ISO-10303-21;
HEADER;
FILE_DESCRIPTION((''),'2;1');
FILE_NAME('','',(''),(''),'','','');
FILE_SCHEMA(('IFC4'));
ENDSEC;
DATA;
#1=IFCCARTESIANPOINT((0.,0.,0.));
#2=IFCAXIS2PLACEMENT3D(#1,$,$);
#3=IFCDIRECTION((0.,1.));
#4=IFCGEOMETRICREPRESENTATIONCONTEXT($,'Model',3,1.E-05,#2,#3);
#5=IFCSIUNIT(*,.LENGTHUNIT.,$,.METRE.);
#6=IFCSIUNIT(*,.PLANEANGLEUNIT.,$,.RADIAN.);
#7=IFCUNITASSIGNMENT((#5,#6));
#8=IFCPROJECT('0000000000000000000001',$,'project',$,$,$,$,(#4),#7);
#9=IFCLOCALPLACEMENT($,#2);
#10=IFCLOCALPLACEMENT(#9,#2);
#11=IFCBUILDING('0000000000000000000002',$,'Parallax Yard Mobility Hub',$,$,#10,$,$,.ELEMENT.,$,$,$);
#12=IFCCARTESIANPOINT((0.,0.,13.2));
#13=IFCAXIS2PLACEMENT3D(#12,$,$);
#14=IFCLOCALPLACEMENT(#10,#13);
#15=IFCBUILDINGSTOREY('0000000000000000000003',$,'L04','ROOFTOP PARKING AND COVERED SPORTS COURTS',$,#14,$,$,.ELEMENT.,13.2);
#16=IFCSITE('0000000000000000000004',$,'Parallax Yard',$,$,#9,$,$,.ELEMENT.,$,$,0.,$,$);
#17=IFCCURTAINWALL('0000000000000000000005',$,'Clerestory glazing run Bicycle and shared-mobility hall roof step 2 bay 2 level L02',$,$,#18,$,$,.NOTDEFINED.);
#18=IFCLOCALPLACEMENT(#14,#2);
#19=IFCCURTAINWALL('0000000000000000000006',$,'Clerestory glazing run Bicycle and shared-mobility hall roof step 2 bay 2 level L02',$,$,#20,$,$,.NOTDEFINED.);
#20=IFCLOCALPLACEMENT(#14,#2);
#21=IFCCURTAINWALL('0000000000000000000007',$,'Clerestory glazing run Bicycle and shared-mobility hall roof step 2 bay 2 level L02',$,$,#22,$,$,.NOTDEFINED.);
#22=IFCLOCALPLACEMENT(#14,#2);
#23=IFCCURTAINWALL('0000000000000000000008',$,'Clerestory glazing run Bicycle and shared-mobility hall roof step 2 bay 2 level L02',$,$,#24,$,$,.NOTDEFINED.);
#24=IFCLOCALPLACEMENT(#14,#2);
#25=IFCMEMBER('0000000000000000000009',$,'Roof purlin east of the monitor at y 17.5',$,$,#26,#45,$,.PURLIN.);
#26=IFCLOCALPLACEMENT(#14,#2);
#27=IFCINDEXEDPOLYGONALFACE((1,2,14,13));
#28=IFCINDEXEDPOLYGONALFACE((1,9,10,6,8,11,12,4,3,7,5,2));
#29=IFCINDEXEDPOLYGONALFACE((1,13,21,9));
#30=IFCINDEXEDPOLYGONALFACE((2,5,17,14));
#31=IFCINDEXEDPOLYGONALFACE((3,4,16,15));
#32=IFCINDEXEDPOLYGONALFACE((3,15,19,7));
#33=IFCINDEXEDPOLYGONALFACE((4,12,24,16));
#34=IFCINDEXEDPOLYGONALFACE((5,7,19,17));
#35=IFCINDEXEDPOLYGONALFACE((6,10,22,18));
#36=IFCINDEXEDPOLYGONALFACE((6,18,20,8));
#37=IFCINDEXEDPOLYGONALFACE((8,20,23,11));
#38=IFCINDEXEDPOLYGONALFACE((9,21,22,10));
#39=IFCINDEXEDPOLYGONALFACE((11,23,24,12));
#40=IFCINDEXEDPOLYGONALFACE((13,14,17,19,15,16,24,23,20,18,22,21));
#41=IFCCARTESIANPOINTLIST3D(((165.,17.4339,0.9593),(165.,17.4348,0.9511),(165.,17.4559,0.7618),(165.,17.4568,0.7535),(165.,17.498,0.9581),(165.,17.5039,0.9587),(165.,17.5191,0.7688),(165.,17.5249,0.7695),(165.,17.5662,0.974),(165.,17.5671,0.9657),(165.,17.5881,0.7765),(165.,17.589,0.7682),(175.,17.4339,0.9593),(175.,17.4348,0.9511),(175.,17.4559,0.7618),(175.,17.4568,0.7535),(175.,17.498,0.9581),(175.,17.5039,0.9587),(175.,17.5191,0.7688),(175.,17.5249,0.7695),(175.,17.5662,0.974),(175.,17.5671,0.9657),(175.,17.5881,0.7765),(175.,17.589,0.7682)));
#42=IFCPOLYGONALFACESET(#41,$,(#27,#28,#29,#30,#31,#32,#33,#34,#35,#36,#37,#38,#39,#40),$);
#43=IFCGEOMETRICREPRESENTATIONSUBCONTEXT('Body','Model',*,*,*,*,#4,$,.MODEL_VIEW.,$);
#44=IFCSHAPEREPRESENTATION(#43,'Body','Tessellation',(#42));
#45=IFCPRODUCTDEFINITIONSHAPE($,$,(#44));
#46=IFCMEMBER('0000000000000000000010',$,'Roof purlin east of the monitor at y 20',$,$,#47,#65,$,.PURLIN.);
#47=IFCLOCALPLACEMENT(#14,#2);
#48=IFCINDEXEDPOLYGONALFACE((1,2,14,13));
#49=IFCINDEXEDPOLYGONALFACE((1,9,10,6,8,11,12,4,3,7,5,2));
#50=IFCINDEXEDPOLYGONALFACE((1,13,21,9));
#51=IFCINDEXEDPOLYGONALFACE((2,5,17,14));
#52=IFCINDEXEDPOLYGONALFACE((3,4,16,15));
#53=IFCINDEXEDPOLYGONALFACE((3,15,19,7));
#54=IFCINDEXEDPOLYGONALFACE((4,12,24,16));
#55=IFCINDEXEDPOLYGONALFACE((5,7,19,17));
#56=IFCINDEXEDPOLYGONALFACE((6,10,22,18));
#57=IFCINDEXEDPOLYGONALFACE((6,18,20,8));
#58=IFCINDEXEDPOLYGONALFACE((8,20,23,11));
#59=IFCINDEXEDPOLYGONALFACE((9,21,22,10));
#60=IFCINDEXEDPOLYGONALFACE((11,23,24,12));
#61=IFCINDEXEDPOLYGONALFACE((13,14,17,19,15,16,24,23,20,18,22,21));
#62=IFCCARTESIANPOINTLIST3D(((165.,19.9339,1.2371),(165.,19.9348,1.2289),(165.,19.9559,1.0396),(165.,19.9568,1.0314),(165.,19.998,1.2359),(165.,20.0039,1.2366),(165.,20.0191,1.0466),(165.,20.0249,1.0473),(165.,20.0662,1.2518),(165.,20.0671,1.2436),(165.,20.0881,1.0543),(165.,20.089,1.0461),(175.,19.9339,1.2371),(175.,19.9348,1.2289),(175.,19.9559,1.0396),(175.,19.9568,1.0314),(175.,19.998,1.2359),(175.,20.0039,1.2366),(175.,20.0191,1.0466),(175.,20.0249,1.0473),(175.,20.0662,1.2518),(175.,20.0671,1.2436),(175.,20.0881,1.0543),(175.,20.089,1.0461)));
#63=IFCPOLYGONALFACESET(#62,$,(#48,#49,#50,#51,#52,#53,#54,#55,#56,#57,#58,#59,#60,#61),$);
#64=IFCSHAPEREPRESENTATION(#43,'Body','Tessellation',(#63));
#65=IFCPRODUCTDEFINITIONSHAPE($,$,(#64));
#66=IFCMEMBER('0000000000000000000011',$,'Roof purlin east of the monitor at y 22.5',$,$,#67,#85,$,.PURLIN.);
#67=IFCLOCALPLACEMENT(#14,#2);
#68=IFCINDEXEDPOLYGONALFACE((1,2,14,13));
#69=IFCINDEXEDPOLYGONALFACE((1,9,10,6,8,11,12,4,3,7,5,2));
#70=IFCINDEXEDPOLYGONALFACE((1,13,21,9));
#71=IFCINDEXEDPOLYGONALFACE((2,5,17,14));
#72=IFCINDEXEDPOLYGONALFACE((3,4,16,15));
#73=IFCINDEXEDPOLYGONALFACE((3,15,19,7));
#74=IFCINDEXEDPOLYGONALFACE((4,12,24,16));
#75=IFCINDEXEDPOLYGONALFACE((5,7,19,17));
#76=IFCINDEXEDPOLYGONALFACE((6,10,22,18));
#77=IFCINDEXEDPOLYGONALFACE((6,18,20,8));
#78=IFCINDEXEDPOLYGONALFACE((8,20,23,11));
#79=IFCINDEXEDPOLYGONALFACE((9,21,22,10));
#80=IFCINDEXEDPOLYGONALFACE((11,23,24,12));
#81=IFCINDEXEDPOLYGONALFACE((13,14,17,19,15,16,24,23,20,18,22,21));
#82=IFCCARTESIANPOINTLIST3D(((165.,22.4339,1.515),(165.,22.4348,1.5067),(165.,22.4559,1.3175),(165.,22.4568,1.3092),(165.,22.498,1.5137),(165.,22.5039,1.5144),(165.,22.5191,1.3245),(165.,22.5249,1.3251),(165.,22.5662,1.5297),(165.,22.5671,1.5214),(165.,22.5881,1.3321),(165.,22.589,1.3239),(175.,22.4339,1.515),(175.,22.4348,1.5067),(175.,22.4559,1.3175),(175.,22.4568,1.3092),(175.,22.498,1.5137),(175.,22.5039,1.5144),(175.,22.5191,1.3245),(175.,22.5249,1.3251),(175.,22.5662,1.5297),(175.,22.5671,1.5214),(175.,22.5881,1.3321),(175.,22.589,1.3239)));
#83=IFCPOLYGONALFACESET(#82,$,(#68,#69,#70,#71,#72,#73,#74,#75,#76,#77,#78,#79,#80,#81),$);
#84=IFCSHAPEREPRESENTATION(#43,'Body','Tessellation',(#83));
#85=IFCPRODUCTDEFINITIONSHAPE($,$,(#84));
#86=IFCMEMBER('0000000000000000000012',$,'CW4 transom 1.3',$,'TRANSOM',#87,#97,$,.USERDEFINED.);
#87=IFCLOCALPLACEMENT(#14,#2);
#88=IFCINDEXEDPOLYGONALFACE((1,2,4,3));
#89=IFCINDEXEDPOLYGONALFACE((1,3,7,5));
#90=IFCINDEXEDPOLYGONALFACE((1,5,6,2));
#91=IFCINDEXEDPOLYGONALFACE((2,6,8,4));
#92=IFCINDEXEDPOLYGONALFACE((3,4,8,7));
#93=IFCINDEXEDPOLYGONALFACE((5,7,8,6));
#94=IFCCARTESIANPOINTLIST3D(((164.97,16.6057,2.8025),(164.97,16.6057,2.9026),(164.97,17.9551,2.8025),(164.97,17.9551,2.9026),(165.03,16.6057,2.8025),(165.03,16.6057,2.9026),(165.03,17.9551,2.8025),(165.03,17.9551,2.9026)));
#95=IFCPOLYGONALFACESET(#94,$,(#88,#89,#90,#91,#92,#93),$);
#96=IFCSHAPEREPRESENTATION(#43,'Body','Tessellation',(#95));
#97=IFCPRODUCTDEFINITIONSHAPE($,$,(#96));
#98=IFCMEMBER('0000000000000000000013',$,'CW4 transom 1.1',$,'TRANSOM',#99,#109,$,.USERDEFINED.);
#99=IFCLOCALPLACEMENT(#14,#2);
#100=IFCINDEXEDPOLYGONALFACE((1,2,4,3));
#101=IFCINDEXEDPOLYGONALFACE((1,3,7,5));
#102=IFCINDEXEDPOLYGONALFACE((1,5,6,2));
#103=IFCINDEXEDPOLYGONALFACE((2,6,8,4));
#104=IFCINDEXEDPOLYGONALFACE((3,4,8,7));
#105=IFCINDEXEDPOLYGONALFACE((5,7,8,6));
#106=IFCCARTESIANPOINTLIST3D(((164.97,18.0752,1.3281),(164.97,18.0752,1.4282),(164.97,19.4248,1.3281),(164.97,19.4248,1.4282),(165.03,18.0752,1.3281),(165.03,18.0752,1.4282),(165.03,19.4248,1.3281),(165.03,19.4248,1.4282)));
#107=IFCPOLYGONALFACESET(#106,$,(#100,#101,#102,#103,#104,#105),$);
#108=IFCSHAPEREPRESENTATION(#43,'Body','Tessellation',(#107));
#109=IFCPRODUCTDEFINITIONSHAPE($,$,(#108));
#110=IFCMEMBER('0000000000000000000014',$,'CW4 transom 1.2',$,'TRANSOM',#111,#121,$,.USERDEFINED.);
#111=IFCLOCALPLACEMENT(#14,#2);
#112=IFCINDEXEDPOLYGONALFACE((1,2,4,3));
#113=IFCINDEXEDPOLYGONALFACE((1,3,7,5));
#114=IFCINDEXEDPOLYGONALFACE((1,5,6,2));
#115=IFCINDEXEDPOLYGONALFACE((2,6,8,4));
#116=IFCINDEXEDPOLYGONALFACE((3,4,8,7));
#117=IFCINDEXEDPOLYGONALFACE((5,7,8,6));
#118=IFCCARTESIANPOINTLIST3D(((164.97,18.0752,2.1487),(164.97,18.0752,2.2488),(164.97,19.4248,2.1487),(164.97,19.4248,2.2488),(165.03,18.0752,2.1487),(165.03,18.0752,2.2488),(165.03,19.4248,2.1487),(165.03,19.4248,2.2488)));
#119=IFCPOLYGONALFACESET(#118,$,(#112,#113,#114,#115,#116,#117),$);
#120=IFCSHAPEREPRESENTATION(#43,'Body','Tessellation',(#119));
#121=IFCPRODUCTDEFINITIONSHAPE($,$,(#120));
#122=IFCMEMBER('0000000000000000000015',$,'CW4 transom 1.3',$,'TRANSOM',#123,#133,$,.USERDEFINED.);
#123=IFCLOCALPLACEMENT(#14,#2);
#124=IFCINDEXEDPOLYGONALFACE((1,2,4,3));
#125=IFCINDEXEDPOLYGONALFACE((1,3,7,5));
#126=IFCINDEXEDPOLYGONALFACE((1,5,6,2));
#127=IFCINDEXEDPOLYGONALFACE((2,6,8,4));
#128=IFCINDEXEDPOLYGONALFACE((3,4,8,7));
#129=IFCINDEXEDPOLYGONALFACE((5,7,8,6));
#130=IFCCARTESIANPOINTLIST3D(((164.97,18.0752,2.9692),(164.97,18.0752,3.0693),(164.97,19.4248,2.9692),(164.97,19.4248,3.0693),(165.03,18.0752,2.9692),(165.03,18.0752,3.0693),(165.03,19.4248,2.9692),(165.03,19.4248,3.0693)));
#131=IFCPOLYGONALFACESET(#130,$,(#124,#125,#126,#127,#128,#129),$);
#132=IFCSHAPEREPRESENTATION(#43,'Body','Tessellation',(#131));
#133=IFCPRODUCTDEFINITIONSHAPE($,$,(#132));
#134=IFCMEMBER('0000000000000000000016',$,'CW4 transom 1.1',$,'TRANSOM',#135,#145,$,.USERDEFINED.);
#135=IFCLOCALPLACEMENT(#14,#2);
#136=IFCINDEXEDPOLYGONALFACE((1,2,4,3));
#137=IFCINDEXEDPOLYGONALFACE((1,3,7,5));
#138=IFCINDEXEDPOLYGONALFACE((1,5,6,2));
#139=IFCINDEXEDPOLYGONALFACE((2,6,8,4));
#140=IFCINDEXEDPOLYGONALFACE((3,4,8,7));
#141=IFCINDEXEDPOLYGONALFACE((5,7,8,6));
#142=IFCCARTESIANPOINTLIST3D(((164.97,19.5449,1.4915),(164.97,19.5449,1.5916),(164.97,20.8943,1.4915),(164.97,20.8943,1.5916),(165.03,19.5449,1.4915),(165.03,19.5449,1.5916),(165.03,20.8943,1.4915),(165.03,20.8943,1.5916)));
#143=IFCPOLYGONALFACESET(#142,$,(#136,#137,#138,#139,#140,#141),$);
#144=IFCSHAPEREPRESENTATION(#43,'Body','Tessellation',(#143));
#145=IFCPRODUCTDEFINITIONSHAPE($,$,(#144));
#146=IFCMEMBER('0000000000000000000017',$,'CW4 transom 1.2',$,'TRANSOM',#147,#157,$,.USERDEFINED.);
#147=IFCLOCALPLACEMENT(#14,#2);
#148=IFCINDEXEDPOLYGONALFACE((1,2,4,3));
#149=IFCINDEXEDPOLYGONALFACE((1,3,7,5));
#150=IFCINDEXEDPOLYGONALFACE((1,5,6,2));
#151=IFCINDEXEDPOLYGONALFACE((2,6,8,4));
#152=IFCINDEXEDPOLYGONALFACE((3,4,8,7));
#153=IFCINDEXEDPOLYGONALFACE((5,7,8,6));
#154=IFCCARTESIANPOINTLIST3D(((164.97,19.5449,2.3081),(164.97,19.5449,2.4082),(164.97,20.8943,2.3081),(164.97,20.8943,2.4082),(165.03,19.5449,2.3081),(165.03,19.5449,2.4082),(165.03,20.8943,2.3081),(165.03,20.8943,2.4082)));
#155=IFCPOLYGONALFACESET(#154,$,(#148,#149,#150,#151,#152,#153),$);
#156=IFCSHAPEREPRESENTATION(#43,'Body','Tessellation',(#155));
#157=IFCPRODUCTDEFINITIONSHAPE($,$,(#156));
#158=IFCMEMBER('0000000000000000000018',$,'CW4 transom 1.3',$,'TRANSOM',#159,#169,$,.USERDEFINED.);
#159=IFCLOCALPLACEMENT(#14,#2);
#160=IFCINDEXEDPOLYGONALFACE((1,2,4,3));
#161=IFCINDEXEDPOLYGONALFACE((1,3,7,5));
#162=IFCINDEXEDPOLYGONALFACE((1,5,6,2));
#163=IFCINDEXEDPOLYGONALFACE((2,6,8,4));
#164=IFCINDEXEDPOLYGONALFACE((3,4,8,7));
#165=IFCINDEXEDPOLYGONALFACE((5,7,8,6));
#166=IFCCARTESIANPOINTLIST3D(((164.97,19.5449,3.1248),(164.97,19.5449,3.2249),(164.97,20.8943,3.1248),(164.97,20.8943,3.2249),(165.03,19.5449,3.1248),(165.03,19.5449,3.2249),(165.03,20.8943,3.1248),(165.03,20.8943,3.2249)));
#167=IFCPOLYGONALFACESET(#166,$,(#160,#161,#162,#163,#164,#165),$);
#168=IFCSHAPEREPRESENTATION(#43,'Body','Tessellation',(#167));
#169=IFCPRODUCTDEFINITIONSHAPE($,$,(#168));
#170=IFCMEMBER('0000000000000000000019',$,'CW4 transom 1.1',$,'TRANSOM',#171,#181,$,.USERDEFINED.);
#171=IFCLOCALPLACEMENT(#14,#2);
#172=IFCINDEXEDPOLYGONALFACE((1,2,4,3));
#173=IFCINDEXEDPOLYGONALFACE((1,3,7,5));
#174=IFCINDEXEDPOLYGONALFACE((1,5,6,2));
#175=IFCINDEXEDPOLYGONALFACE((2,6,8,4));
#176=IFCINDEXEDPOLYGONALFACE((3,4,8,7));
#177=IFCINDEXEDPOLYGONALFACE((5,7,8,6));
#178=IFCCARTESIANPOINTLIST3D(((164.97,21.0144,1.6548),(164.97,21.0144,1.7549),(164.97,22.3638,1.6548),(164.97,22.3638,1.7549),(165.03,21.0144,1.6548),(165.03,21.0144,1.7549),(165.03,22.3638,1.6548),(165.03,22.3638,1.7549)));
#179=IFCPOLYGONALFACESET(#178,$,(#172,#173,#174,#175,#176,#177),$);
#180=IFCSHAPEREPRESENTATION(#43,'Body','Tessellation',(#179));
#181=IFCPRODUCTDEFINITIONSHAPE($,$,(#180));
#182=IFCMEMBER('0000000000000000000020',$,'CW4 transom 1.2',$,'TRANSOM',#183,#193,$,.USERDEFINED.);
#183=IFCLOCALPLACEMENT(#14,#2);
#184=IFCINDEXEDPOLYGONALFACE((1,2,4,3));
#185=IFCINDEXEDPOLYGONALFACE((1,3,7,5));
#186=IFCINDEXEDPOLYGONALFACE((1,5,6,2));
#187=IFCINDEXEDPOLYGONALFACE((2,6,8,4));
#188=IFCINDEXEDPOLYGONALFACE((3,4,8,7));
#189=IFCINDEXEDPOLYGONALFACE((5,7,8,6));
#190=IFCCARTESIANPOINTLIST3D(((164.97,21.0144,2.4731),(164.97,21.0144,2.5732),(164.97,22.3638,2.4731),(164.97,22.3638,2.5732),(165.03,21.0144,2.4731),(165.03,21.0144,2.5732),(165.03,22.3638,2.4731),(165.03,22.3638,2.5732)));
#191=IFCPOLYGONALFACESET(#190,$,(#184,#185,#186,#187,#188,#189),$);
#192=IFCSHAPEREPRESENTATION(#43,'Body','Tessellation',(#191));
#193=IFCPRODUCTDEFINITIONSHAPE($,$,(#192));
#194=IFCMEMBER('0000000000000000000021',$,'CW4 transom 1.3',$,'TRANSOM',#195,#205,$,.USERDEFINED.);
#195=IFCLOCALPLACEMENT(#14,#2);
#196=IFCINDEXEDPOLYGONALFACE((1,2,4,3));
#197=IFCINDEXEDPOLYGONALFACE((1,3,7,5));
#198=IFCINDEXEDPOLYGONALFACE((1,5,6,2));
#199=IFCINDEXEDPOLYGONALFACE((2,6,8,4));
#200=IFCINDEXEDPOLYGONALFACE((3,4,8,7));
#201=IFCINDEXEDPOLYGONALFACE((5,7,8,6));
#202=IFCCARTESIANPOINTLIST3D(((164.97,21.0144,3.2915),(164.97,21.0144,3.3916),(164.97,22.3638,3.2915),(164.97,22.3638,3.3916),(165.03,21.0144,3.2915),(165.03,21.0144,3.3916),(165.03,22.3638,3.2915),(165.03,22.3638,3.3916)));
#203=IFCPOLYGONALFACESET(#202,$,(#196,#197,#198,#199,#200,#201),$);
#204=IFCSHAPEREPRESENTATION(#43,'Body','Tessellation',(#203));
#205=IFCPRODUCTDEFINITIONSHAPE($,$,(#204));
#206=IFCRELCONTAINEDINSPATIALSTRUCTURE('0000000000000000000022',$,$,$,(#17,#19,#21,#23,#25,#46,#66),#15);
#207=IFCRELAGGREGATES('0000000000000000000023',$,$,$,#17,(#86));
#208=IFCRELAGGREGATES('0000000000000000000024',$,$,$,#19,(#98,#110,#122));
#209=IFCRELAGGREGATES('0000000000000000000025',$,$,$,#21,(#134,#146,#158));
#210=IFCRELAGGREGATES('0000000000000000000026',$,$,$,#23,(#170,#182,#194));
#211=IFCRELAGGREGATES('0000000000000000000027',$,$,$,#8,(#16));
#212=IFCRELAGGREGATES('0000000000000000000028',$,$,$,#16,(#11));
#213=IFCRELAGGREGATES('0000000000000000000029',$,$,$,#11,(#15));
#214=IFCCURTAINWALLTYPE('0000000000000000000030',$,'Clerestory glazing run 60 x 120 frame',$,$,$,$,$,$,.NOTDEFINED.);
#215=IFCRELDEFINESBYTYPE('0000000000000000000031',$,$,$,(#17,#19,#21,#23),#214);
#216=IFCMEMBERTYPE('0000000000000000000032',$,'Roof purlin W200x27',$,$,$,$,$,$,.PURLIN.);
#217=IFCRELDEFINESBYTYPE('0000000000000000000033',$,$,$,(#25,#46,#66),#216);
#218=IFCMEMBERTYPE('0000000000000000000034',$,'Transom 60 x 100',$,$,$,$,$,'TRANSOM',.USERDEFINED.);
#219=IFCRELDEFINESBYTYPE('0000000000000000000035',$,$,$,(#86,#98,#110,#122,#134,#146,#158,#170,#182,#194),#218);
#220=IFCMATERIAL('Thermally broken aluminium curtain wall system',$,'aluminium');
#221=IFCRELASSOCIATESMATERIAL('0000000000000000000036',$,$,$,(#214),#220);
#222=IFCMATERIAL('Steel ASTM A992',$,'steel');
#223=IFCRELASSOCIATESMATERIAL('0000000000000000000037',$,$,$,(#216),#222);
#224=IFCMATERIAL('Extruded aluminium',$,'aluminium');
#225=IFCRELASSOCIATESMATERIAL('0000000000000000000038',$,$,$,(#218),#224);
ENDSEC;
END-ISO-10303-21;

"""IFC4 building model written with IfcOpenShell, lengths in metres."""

from ifc_helpers import new_model, si_unit, direction, frame, origin, origin_2d, place, context, subcontext, project, spatial, rectangle, i_section, extrude, material, material_profile, profile_set, type_object, element, aggregate, save


model = new_model("IFC4")

# Units and contexts
model_context = context("Model", 3, precision=1e-05, world=origin(), true_north=direction((0.0, 1.0)))
body_context = subcontext(model_context, "Body", "Model", "MODEL_VIEW")
ifc_project = project(units=[si_unit("LENGTHUNIT", "METRE"), si_unit("PLANEANGLEUNIT", "RADIAN")], contexts=[model_context])

# Site, building, storey
site_placement = place(None, origin())
site = spatial("IfcSite", under=ifc_project, at=site_placement, Name="Parallax Yard", CompositionType="ELEMENT", RefElevation=0.0)
building_placement = place(site_placement, origin())
building = spatial("IfcBuilding", under=site, at=building_placement, Name="Parallax Yard Mobility Hub", CompositionType="ELEMENT")
storey_placement = place(building_placement, frame((0.0, 0.0, 13.2)))
storey = spatial("IfcBuildingStorey", under=building, at=storey_placement, Name="L04", Description="ROOFTOP PARKING AND COVERED SPORTS COURTS", CompositionType="ELEMENT", Elevation=13.2)

# Shared definitions
ifc_material_1 = material(Name="Steel ASTM A992", Category="steel")

# Curtain wall
ifc_material_2 = material(Name="Thermally broken aluminium curtain wall system", Category="aluminium")
curtain_wall_type = type_object("IfcCurtainWallType", Name="Clerestory glazing run 60 x 120 frame", PredefinedType="NOTDEFINED", material=ifc_material_2)
curtain_wall_1_placement = place(storey_placement, origin())
curtain_wall_1 = element("IfcCurtainWall", 1, at=curtain_wall_1_placement, inside=storey, type_object=curtain_wall_type, Name="Clerestory glazing run Bicycle and shared-mobility hall roof step 2 bay 2 level L02", PredefinedType="NOTDEFINED")
ifc_material_3 = material(Name="Extruded aluminium", Category="aluminium")

# Curtain walls
curtain_wall_2_placement = place(storey_placement, origin())
curtain_wall_2 = element("IfcCurtainWall", 2, at=curtain_wall_2_placement, inside=storey, type_object=curtain_wall_type, Name="Clerestory glazing run Bicycle and shared-mobility hall roof step 2 bay 2 level L02", PredefinedType="NOTDEFINED")
curtain_wall_3_placement = place(storey_placement, origin())
curtain_wall_3 = element("IfcCurtainWall", 3, at=curtain_wall_3_placement, inside=storey, type_object=curtain_wall_type, Name="Clerestory glazing run Bicycle and shared-mobility hall roof step 2 bay 2 level L02", PredefinedType="NOTDEFINED")

# Curtain wall
curtain_wall_4_placement = place(storey_placement, origin())
curtain_wall_4 = element("IfcCurtainWall", 4, at=curtain_wall_4_placement, inside=storey, type_object=curtain_wall_type, Name="Clerestory glazing run Bicycle and shared-mobility hall roof step 2 bay 2 level L02", PredefinedType="NOTDEFINED")

# Members
ifc_material_profile_1 = material_profile(ifc_material_1, i_section(OverallWidth=0.1331, OverallDepth=0.207, WebThickness=0.0059, FlangeThickness=0.0083, at=origin_2d()), Name="W200x27")
ifc_profile_set_1 = profile_set([ifc_material_profile_1], Name="Steel ASTM A992")
member_type_1 = type_object("IfcMemberType", Name="Roof purlin W200x27", PredefinedType="PURLIN", material=ifc_profile_set_1)
for number, where, z_axis, x_axis, name in (
    (5, (165.0, 17.5115, 0.8638), (1.0, 0.0, 0.0), (0.0, 0.993884, 0.110432), "Roof purlin east of the monitor at y 17.5"),
    (6, (165.0, 20.0115, 1.1416), (1.0, 0.0, 0.0), (0.0, 0.993884, 0.110432), "Roof purlin east of the monitor at y 20"),
    (7, (165.0, 22.5115, 1.4194), (1.0, 0.0, 0.0), (0.0, 0.993884, 0.110432), "Roof purlin east of the monitor at y 22.5"),
):
    element("IfcMember", number, at=place(storey_placement, frame(where, z_axis=z_axis, x_axis=x_axis)), inside=storey, type_object=member_type_1, Name=name, PredefinedType="PURLIN", context=body_context, shape_type="SweptSolid", body=[
        extrude(i_section(OverallWidth=0.1331, OverallDepth=0.207, WebThickness=0.0059, FlangeThickness=0.0083, at=origin_2d()), origin(), (0.0, 0.0, 1.0), 10.0),
    ])

# Members
ifc_material_profile_2 = material_profile(ifc_material_3, rectangle(XDim=0.0601, YDim=0.1001, at=origin_2d()), Name="Transom 60 x 100")
ifc_profile_set_2 = profile_set([ifc_material_profile_2], Name="Extruded aluminium")
member_type_2 = type_object("IfcMemberType", Name="Transom 60 x 100", ElementType="TRANSOM", PredefinedType="USERDEFINED", material=ifc_profile_set_2)
member_1_placement = place(storey_placement, frame((165.0, 16.6057, 2.8525), z_axis=(0.0, 1.0, 0.0), x_axis=(-1.0, 0.0, 0.0)))
member_1 = element("IfcMember", 8, at=member_1_placement, type_object=member_type_2, Name="CW4 transom 1.3", ObjectType="TRANSOM", PredefinedType="USERDEFINED", context=body_context, shape_type="SweptSolid", body=[
    extrude(rectangle(XDim=0.0601, YDim=0.1001, at=origin_2d()), origin(), (0.0, 0.0, 1.0), 1.3494),
])
member_2_placement = place(storey_placement, frame((165.0, 18.0752, 1.3782), z_axis=(0.0, 1.0, 0.0), x_axis=(-1.0, 0.0, 0.0)))
member_2 = element("IfcMember", 9, at=member_2_placement, type_object=member_type_2, Name="CW4 transom 1.1", ObjectType="TRANSOM", PredefinedType="USERDEFINED", context=body_context, shape_type="SweptSolid", body=[
    extrude(rectangle(XDim=0.0601, YDim=0.1001, at=origin_2d()), origin(), (0.0, 0.0, 1.0), 1.3496),
])
member_3_placement = place(storey_placement, frame((165.0, 18.0752, 2.1987), z_axis=(0.0, 1.0, 0.0), x_axis=(-1.0, 0.0, 0.0)))
member_3 = element("IfcMember", 10, at=member_3_placement, type_object=member_type_2, Name="CW4 transom 1.2", ObjectType="TRANSOM", PredefinedType="USERDEFINED", context=body_context, shape_type="SweptSolid", body=[
    extrude(rectangle(XDim=0.0601, YDim=0.1001, at=origin_2d()), origin(), (0.0, 0.0, 1.0), 1.3496),
])
member_4_placement = place(storey_placement, frame((165.0, 18.0752, 3.0193), z_axis=(0.0, 1.0, 0.0), x_axis=(-1.0, 0.0, 0.0)))
member_4 = element("IfcMember", 11, at=member_4_placement, type_object=member_type_2, Name="CW4 transom 1.3", ObjectType="TRANSOM", PredefinedType="USERDEFINED", context=body_context, shape_type="SweptSolid", body=[
    extrude(rectangle(XDim=0.0601, YDim=0.1001, at=origin_2d()), origin(), (0.0, 0.0, 1.0), 1.3496),
])
member_5_placement = place(storey_placement, frame((165.0, 19.5449, 1.5415), z_axis=(0.0, 1.0, 0.0), x_axis=(-1.0, 0.0, 0.0)))
member_5 = element("IfcMember", 12, at=member_5_placement, type_object=member_type_2, Name="CW4 transom 1.1", ObjectType="TRANSOM", PredefinedType="USERDEFINED", context=body_context, shape_type="SweptSolid", body=[
    extrude(rectangle(XDim=0.0601, YDim=0.1001, at=origin_2d()), origin(), (0.0, 0.0, 1.0), 1.3494),
])
member_6_placement = place(storey_placement, frame((165.0, 19.5449, 2.3582), z_axis=(0.0, 1.0, 0.0), x_axis=(-1.0, 0.0, 0.0)))
member_6 = element("IfcMember", 13, at=member_6_placement, type_object=member_type_2, Name="CW4 transom 1.2", ObjectType="TRANSOM", PredefinedType="USERDEFINED", context=body_context, shape_type="SweptSolid", body=[
    extrude(rectangle(XDim=0.0601, YDim=0.1001, at=origin_2d()), origin(), (0.0, 0.0, 1.0), 1.3494),
])
member_7_placement = place(storey_placement, frame((165.0, 19.5449, 3.1748), z_axis=(0.0, 1.0, 0.0), x_axis=(-1.0, 0.0, 0.0)))
member_7 = element("IfcMember", 14, at=member_7_placement, type_object=member_type_2, Name="CW4 transom 1.3", ObjectType="TRANSOM", PredefinedType="USERDEFINED", context=body_context, shape_type="SweptSolid", body=[
    extrude(rectangle(XDim=0.0601, YDim=0.1001, at=origin_2d()), origin(), (0.0, 0.0, 1.0), 1.3494),
])
member_8_placement = place(storey_placement, frame((165.0, 21.0144, 1.7048), z_axis=(0.0, 1.0, 0.0), x_axis=(-1.0, 0.0, 0.0)))
member_8 = element("IfcMember", 15, at=member_8_placement, type_object=member_type_2, Name="CW4 transom 1.1", ObjectType="TRANSOM", PredefinedType="USERDEFINED", context=body_context, shape_type="SweptSolid", body=[
    extrude(rectangle(XDim=0.0601, YDim=0.1001, at=origin_2d()), origin(), (0.0, 0.0, 1.0), 1.3494),
])
member_9_placement = place(storey_placement, frame((165.0, 21.0144, 2.5232), z_axis=(0.0, 1.0, 0.0), x_axis=(-1.0, 0.0, 0.0)))
member_9 = element("IfcMember", 16, at=member_9_placement, type_object=member_type_2, Name="CW4 transom 1.2", ObjectType="TRANSOM", PredefinedType="USERDEFINED", context=body_context, shape_type="SweptSolid", body=[
    extrude(rectangle(XDim=0.0601, YDim=0.1001, at=origin_2d()), origin(), (0.0, 0.0, 1.0), 1.3494),
])
member_10_placement = place(storey_placement, frame((165.0, 21.0144, 3.3416), z_axis=(0.0, 1.0, 0.0), x_axis=(-1.0, 0.0, 0.0)))
member_10 = element("IfcMember", 17, at=member_10_placement, type_object=member_type_2, Name="CW4 transom 1.3", ObjectType="TRANSOM", PredefinedType="USERDEFINED", context=body_context, shape_type="SweptSolid", body=[
    extrude(rectangle(XDim=0.0601, YDim=0.1001, at=origin_2d()), origin(), (0.0, 0.0, 1.0), 1.3494),
])

aggregate(curtain_wall_1, [member_1])
aggregate(curtain_wall_2, [member_2, member_3, member_4])
aggregate(curtain_wall_3, [member_5, member_6, member_7])
aggregate(curtain_wall_4, [member_8, member_9, member_10])

save(model, "model.ifc")
